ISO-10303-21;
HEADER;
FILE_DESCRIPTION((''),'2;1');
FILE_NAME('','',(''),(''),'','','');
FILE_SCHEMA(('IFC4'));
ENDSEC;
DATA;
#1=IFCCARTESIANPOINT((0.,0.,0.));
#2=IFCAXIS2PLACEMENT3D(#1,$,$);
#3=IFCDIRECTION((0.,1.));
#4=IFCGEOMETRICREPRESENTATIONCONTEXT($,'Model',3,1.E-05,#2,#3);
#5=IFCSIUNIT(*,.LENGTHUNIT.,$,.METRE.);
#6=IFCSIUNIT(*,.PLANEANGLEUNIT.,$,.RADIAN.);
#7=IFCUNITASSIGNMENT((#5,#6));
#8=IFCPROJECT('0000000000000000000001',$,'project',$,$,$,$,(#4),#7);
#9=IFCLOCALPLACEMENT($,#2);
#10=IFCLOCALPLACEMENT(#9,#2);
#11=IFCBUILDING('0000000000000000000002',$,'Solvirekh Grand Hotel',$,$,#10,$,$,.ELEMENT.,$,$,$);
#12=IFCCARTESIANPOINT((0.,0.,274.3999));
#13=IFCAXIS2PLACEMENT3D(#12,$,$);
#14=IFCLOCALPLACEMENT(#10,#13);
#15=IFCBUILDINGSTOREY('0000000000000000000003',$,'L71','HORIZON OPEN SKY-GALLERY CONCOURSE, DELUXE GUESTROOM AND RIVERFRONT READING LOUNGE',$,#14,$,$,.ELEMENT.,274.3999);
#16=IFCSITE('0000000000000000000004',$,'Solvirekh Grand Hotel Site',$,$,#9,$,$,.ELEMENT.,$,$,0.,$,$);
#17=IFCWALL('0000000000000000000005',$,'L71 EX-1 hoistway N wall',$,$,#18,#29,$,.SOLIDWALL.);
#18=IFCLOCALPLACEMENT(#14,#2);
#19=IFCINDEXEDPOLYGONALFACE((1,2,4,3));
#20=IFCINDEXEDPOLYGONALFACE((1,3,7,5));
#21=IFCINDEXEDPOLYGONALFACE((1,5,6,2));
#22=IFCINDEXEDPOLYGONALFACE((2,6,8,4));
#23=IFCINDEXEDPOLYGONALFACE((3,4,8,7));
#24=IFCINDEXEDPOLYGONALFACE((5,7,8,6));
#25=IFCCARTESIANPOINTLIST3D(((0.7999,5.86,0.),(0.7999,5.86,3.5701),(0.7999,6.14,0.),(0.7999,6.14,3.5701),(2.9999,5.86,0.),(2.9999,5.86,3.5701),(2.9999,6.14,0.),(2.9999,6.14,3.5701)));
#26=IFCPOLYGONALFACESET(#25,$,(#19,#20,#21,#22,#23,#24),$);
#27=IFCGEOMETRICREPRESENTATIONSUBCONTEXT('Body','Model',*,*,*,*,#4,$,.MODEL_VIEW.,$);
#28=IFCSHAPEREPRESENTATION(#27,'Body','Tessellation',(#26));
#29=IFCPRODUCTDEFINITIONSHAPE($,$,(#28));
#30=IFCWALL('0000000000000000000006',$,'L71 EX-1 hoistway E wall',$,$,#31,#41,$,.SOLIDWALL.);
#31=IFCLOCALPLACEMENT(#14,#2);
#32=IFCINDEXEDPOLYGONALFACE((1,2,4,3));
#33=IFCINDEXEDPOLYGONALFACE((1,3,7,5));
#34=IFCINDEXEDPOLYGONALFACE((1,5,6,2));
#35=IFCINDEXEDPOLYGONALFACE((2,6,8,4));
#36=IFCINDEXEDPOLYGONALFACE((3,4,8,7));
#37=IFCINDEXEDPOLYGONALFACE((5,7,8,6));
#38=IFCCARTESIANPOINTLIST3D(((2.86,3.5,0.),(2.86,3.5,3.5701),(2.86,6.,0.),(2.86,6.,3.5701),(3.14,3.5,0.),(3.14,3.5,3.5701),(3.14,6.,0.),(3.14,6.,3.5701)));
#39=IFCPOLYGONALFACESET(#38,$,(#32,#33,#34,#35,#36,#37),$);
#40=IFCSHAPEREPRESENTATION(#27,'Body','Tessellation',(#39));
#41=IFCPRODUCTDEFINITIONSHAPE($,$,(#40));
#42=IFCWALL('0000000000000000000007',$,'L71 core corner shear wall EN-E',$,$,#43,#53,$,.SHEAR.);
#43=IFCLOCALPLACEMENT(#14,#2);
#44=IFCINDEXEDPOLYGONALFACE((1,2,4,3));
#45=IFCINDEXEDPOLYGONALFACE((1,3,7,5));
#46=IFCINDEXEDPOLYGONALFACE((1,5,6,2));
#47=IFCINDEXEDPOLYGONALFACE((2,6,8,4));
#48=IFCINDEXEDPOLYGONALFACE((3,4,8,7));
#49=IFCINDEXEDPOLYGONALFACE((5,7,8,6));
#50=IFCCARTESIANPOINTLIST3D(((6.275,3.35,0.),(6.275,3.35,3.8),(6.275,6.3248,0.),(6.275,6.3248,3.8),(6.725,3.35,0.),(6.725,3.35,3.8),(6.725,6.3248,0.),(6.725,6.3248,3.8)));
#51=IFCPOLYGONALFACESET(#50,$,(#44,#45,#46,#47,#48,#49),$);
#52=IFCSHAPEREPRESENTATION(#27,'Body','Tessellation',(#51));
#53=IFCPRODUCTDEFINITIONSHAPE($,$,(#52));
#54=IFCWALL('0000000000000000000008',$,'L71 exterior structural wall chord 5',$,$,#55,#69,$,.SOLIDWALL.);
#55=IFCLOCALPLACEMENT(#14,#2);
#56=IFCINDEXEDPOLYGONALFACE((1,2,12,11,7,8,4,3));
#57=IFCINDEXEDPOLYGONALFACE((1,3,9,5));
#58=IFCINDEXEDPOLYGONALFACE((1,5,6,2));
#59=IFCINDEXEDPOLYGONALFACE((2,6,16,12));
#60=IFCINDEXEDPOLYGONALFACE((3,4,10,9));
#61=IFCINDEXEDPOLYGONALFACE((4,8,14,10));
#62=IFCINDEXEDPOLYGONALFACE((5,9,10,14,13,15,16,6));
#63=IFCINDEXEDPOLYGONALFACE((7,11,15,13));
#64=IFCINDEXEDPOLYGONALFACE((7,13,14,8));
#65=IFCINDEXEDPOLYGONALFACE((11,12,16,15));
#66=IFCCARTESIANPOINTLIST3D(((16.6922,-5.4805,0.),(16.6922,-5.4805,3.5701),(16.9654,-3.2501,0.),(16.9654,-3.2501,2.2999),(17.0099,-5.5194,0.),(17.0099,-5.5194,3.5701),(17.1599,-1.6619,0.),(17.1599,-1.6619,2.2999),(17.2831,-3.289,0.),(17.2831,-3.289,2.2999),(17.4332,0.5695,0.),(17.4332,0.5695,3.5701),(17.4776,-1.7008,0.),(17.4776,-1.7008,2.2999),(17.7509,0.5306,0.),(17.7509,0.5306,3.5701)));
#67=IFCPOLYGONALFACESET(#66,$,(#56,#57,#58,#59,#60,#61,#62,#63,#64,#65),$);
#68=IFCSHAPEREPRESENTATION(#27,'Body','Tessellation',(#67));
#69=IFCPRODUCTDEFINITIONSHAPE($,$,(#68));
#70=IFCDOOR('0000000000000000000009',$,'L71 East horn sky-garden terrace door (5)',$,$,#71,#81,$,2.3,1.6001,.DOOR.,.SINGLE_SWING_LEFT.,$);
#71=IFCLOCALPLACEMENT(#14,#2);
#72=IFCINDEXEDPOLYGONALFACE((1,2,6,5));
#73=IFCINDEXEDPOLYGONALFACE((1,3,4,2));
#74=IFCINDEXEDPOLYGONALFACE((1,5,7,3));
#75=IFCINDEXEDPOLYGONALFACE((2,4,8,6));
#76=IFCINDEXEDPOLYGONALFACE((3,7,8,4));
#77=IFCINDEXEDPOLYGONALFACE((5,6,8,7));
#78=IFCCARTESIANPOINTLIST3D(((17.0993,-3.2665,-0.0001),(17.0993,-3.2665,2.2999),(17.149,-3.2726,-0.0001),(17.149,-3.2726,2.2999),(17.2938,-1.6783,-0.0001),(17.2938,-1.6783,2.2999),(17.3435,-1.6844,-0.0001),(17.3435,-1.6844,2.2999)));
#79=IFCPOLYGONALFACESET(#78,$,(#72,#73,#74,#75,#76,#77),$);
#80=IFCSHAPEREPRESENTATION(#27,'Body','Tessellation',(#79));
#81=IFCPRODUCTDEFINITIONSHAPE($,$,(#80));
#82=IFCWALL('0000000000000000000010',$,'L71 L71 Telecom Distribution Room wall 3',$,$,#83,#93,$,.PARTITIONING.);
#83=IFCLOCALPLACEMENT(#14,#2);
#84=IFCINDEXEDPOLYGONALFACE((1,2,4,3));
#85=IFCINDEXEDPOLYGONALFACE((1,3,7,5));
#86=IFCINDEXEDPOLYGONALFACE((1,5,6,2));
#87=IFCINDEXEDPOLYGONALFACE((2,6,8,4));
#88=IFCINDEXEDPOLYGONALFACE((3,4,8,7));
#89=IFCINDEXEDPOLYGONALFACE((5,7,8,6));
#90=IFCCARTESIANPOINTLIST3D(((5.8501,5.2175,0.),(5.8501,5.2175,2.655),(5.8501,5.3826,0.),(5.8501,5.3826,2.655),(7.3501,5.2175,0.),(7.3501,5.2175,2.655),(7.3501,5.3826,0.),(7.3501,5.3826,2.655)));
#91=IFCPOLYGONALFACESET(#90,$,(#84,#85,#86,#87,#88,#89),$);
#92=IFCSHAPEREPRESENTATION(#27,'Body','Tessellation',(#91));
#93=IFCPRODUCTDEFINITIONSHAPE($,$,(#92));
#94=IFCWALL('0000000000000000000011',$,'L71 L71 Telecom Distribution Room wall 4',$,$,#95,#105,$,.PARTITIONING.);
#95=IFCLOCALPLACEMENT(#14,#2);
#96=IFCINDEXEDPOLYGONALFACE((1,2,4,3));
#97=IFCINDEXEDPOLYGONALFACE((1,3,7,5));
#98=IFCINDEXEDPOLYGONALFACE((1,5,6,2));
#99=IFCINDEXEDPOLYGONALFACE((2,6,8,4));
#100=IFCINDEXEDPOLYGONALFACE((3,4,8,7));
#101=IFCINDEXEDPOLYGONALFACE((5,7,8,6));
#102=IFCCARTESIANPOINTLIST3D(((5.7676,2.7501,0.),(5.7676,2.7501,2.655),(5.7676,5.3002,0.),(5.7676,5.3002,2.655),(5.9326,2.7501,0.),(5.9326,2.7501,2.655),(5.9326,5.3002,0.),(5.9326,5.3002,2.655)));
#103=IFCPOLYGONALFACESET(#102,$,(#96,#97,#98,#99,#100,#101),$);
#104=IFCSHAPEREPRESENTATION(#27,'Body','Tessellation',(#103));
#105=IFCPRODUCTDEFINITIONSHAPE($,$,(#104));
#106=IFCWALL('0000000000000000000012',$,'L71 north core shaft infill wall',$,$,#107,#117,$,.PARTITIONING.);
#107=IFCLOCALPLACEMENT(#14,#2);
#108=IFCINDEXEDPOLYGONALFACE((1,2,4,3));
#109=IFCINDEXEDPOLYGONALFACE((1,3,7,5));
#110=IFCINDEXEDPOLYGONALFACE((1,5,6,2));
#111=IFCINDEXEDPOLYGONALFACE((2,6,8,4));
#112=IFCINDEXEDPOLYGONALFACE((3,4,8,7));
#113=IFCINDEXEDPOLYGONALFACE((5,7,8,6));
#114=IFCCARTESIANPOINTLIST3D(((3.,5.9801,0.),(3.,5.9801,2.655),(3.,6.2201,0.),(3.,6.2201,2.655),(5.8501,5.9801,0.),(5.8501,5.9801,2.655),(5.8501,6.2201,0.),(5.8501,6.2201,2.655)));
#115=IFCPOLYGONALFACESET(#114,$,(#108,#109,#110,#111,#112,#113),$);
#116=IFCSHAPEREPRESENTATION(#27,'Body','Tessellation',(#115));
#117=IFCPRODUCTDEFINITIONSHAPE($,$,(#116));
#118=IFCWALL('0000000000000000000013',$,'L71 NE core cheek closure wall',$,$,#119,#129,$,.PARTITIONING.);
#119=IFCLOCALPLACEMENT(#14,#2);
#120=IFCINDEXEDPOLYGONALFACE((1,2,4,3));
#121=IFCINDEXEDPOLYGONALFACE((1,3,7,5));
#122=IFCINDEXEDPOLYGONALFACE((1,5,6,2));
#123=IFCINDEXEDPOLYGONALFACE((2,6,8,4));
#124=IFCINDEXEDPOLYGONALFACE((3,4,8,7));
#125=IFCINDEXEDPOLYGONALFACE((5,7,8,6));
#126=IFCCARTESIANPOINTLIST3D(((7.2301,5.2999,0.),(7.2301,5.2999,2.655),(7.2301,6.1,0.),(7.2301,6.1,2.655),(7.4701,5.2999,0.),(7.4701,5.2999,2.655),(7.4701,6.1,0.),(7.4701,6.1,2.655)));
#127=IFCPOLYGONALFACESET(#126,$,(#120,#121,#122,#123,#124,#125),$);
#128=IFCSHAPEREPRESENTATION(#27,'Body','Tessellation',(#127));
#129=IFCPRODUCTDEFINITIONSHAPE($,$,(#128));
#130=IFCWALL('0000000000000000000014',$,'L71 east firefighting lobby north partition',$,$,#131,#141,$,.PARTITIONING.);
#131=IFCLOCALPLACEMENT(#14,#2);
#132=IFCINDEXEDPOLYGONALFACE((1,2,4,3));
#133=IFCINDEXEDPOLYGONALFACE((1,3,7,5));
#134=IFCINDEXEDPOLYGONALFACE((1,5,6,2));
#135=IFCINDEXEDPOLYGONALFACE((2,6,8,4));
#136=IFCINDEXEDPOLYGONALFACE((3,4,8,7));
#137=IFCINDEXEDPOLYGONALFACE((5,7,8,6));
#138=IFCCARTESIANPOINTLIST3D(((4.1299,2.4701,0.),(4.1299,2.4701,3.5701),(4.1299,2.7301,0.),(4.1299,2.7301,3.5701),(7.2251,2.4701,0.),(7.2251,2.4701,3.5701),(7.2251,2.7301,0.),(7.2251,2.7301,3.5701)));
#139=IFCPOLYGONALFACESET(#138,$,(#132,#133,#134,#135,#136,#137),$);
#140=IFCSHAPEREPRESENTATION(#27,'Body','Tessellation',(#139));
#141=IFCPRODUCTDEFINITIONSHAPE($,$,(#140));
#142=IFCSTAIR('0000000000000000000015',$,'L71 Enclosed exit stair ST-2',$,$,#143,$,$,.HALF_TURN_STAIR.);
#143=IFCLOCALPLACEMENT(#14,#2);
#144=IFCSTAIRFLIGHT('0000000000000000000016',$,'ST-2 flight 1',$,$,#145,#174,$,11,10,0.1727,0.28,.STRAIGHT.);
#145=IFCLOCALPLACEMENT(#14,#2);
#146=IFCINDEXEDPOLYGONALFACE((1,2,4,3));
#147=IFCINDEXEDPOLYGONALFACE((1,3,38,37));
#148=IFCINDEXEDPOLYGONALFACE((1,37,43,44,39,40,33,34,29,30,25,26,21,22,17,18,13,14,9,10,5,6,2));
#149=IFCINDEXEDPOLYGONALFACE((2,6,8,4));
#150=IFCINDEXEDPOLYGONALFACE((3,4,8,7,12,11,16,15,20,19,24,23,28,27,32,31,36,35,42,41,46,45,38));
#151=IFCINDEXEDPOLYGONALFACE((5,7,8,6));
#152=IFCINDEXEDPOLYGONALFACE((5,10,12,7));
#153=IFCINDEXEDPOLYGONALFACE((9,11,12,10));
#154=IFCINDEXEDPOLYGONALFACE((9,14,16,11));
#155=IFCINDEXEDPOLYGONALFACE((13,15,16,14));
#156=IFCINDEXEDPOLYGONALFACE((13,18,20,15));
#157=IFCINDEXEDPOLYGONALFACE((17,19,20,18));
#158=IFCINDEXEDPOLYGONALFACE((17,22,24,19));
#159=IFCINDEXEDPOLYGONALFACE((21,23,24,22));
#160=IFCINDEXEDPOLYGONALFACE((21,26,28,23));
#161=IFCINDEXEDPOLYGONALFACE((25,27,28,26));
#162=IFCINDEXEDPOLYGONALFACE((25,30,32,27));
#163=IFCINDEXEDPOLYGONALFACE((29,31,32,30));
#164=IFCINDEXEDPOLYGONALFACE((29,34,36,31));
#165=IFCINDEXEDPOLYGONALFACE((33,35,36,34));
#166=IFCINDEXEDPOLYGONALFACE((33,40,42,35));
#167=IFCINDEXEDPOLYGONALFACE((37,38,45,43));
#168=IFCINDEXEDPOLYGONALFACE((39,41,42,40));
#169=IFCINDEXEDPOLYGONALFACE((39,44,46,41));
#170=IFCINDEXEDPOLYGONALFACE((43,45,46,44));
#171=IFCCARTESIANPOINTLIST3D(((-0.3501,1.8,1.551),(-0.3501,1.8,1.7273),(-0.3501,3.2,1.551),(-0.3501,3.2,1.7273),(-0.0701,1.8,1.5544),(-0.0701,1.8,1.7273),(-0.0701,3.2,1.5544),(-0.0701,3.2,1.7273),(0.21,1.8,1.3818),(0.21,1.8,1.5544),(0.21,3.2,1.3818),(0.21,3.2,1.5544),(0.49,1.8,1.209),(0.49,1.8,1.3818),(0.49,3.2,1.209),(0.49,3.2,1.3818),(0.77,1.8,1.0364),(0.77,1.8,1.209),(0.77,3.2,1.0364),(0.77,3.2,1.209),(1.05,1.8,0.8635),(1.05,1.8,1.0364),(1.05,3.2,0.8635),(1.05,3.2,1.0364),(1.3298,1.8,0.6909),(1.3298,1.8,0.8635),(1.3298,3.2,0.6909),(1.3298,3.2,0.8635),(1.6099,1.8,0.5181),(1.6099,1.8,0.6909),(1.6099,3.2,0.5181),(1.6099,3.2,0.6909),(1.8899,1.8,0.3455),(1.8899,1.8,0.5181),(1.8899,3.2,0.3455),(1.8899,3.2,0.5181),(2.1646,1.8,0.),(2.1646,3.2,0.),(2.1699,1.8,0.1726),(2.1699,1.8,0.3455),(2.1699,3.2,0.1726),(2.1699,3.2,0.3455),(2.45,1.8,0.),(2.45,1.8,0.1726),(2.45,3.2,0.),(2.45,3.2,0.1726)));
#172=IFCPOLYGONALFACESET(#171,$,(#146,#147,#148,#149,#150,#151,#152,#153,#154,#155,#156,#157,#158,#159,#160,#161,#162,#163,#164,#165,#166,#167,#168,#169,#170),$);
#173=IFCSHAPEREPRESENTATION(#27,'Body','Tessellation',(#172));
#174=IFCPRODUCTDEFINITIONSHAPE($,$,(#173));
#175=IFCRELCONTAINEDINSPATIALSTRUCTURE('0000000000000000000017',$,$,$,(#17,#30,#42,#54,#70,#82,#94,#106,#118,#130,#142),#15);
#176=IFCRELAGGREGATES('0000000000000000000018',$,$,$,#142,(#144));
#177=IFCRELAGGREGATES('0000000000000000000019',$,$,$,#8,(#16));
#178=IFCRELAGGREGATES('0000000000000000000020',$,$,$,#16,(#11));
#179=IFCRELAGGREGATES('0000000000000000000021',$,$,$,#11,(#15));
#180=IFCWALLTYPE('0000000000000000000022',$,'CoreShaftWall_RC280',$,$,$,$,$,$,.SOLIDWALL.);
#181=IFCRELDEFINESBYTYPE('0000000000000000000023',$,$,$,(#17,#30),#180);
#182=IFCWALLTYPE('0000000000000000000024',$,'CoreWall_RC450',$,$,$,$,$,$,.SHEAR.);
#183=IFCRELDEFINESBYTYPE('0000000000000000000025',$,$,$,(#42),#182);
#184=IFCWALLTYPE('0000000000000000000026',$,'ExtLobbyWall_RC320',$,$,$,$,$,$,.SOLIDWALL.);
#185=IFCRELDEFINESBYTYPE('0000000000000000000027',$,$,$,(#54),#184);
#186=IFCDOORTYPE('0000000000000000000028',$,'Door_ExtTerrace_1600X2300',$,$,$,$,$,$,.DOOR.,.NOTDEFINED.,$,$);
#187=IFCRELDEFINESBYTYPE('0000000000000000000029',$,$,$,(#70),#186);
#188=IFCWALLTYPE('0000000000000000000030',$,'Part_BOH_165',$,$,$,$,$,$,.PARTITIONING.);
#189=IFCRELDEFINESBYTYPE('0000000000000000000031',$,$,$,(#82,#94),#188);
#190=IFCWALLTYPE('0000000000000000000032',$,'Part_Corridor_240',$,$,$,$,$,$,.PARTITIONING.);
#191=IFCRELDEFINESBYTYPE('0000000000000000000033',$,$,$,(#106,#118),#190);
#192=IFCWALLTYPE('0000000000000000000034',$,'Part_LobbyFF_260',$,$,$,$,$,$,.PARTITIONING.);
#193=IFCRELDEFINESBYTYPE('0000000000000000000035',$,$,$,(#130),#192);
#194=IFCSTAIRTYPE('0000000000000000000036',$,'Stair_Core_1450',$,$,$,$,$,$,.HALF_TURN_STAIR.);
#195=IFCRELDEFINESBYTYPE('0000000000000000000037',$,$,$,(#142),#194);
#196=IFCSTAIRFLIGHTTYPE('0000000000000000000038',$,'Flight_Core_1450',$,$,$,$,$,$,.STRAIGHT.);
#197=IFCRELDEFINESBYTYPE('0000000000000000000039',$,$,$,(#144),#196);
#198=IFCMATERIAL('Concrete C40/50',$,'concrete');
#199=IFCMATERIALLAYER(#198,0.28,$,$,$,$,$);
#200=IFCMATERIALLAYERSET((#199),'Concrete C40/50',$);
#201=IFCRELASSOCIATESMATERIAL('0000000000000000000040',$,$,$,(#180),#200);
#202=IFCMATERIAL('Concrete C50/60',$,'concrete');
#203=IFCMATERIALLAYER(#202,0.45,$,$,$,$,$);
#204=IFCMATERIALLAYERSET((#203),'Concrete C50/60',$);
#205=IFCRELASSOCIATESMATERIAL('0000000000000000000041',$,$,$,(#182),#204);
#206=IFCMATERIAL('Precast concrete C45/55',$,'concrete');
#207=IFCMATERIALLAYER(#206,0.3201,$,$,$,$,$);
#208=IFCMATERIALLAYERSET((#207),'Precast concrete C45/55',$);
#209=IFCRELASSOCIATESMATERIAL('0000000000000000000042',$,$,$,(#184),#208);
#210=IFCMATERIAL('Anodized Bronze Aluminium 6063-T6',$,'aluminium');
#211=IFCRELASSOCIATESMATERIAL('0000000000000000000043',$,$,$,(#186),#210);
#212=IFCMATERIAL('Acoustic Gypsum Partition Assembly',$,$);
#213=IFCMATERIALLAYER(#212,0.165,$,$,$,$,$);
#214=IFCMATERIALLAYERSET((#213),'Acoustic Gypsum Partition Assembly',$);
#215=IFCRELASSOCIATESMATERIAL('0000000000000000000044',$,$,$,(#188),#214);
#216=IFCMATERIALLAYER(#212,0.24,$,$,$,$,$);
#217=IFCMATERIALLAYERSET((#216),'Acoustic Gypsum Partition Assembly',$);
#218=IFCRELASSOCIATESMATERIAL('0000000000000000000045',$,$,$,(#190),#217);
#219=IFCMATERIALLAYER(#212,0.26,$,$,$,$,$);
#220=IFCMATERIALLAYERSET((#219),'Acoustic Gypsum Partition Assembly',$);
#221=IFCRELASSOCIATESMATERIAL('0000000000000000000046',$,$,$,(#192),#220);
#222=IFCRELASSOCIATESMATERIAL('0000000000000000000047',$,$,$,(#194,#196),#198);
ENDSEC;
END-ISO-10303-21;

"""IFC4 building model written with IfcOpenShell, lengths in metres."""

from ifc_helpers import new_model, si_unit, direction, frame, frame_2d, origin, place, context, subcontext, project, spatial, polyline, rectangle, outline, extrude, material, layer, layer_set, type_object, element, fill, aggregate, save


model = new_model("IFC4")

# Units and contexts
model_context = context("Model", 3, precision=1e-05, world=origin(), true_north=direction((0.0, 1.0)))
body_context = subcontext(model_context, "Body", "Model", "MODEL_VIEW")
ifc_project = project(units=[si_unit("LENGTHUNIT", "METRE"), si_unit("PLANEANGLEUNIT", "RADIAN")], contexts=[model_context])

# Site, building, storey
site_placement = place(None, origin())
site = spatial("IfcSite", under=ifc_project, at=site_placement, Name="Solvirekh Grand Hotel Site", CompositionType="ELEMENT", RefElevation=0.0)
building_placement = place(site_placement, origin())
building = spatial("IfcBuilding", under=site, at=building_placement, Name="Solvirekh Grand Hotel", CompositionType="ELEMENT")
storey_placement = place(building_placement, frame((0.0, 0.0, 274.3999)))
storey = spatial("IfcBuildingStorey", under=building, at=storey_placement, Name="L71", Description="HORIZON OPEN SKY-GALLERY CONCOURSE, DELUXE GUESTROOM AND RIVERFRONT READING LOUNGE", CompositionType="ELEMENT", Elevation=274.3999)

# Shared definitions
ifc_material_1 = material(Name="Concrete C50/60", Category="concrete")

# Shared definitions
ifc_material_2 = material(Name="Concrete C40/50", Category="concrete")
ifc_layer_1 = layer(ifc_material_2, 0.28)
ifc_layer_set_1 = layer_set([ifc_layer_1], Name="Concrete C40/50")
wall_type_1 = type_object("IfcWallType", Name="CoreShaftWall_RC280", PredefinedType="SOLIDWALL", material=ifc_layer_set_1)

# Walls
wall_1_placement = place(storey_placement, frame((3.0, 6.0, 0.0), z_axis=(0.0, 0.0, 1.0), x_axis=(-1.0, 0.0, 0.0)))
element("IfcWall", 1, at=wall_1_placement, inside=storey, type_object=wall_type_1, Name="L71 EX-1 hoistway N wall", PredefinedType="SOLIDWALL", context=body_context, shape_type="SweptSolid", body=[
    extrude(rectangle(XDim=2.2, YDim=0.28, at=frame_2d((1.1001, 0.0))), origin(), (0.0, 0.0, 1.0), 3.5701),
])
wall_2_placement = place(storey_placement, frame((3.0, 3.5, 0.0), z_axis=(0.0, 0.0, 1.0), x_axis=(0.0, 1.0, 0.0)))
element("IfcWall", 2, at=wall_2_placement, inside=storey, type_object=wall_type_1, Name="L71 EX-1 hoistway E wall", PredefinedType="SOLIDWALL", context=body_context, shape_type="SweptSolid", body=[
    extrude(rectangle(XDim=2.5, YDim=0.28, at=frame_2d((1.25, 0.0))), origin(), (0.0, 0.0, 1.0), 3.5701),
])
ifc_layer_2 = layer(ifc_material_1, 0.45)
ifc_layer_set_2 = layer_set([ifc_layer_2], Name="Concrete C50/60")
wall_type_2 = type_object("IfcWallType", Name="CoreWall_RC450", PredefinedType="SHEAR", material=ifc_layer_set_2)
wall_3_placement = place(storey_placement, frame((6.5, 3.3501, 0.0), z_axis=(0.0, 0.0, 1.0), x_axis=(0.0, 1.0, 0.0)))
element("IfcWall", 3, at=wall_3_placement, inside=storey, type_object=wall_type_2, Name="L71 core corner shear wall EN-E", PredefinedType="SHEAR", context=body_context, shape_type="SweptSolid", body=[
    extrude(rectangle(XDim=2.9749, YDim=0.45, at=frame_2d((1.4873, 0.0))), origin(), (0.0, 0.0, 1.0), 3.8),
])

# Wall, opening, door
ifc_material_3 = material(Name="Precast concrete C45/55", Category="concrete")
ifc_layer_3 = layer(ifc_material_3, 0.3201)
ifc_layer_set_3 = layer_set([ifc_layer_3], Name="Precast concrete C45/55")
wall_type_3 = type_object("IfcWallType", Name="ExtLobbyWall_RC320", PredefinedType="SOLIDWALL", material=ifc_layer_set_3)
wall_4_placement = place(storey_placement, frame((17.592, 0.55, 0.0), z_axis=(0.0, 0.0, 1.0), x_axis=(-0.121565, -0.992584, 0.0)))
wall_4 = element("IfcWall", 4, at=wall_4_placement, inside=storey, type_object=wall_type_3, Name="L71 exterior structural wall chord 5", PredefinedType="SOLIDWALL", context=body_context, shape_type="SweptSolid", body=[
    extrude(rectangle(XDim=6.0952, YDim=0.3201, at=frame_2d((3.0476, 0.0))), origin(), (0.0, 0.0, 1.0), 3.5701),
])
opening_1_placement = place(wall_4_placement, frame((2.248, 0.0, 0.0)))
opening_1 = element("IfcOpeningElement", 5, at=opening_1_placement, cuts=wall_4, PredefinedType="OPENING", context=body_context, shape_type="SweptSolid", body=[
    extrude(rectangle(XDim=1.6001, YDim=2.3, at=frame_2d((0.8, 1.1499))), frame((0.0, 0.1699, 0.0), z_axis=(0.0, -1.0, 0.0), x_axis=(1.0, 0.0, 0.0)), (0.0, 0.0, 1.0), 0.3401),
])
ifc_material_4 = material(Name="Anodized Bronze Aluminium 6063-T6", Category="aluminium")
door_type_1 = type_object("IfcDoorType", Name="Door_ExtTerrace_1600X2300", OperationType="NOTDEFINED", PredefinedType="DOOR", material=ifc_material_4)
door_1_placement = place(opening_1_placement, origin())
door_1 = element("IfcDoor", 6, at=door_1_placement, inside=storey, type_object=door_type_1, Name="L71 East horn sky-garden terrace door (5)", OperationType="SINGLE_SWING_LEFT", OverallHeight=2.3, OverallWidth=1.6001, PredefinedType="DOOR", context=body_context, shape_type="SweptSolid", body=[
    extrude(rectangle(XDim=1.6001, YDim=2.3, at=frame_2d((0.8, 1.1499))), frame((0.0, 0.0249, 0.0), z_axis=(0.0, -1.0, 0.0), x_axis=(1.0, 0.0, 0.0)), (0.0, 0.0, 1.0), 0.05),
])
fill(opening_1, door_1)
ifc_material_5 = material(Name="Acoustic Gypsum Partition Assembly")
ifc_layer_4 = layer(ifc_material_5, 0.165)
ifc_layer_set_4 = layer_set([ifc_layer_4], Name="Acoustic Gypsum Partition Assembly")
wall_type_4 = type_object("IfcWallType", Name="Part_BOH_165", PredefinedType="PARTITIONING", material=ifc_layer_set_4)

# Walls
wall_5_placement = place(storey_placement, frame((7.3501, 5.3, 0.0), z_axis=(0.0, 0.0, 1.0), x_axis=(-1.0, 0.0, 0.0)))
element("IfcWall", 7, at=wall_5_placement, inside=storey, type_object=wall_type_4, Name="L71 L71 Telecom Distribution Room wall 3", PredefinedType="PARTITIONING", context=body_context, shape_type="SweptSolid", body=[
    extrude(rectangle(XDim=1.5, YDim=0.165, at=frame_2d((0.75, 0.0))), origin(), (0.0, 0.0, 1.0), 2.655),
])
wall_6_placement = place(storey_placement, frame((5.8501, 5.3, 0.0), z_axis=(0.0, 0.0, 1.0), x_axis=(0.0, -1.0, 0.0)))
element("IfcWall", 8, at=wall_6_placement, inside=storey, type_object=wall_type_4, Name="L71 L71 Telecom Distribution Room wall 4", PredefinedType="PARTITIONING", context=body_context, shape_type="SweptSolid", body=[
    extrude(rectangle(XDim=2.55, YDim=0.165, at=frame_2d((1.2749, 0.0))), origin(), (0.0, 0.0, 1.0), 2.655),
])
ifc_layer_5 = layer(ifc_material_5, 0.24)
ifc_layer_set_5 = layer_set([ifc_layer_5], Name="Acoustic Gypsum Partition Assembly")
wall_type_5 = type_object("IfcWallType", Name="Part_Corridor_240", PredefinedType="PARTITIONING", material=ifc_layer_set_5)
wall_7_placement = place(storey_placement, frame((3.0, 6.1001, 0.0), z_axis=(0.0, 0.0, 1.0), x_axis=(1.0, 0.0, 0.0)))
element("IfcWall", 9, at=wall_7_placement, inside=storey, type_object=wall_type_5, Name="L71 north core shaft infill wall", PredefinedType="PARTITIONING", context=body_context, shape_type="SweptSolid", body=[
    extrude(rectangle(XDim=2.8501, YDim=0.24, at=frame_2d((1.425, 0.0))), origin(), (0.0, 0.0, 1.0), 2.655),
])
wall_8_placement = place(storey_placement, frame((7.3501, 5.3, 0.0), z_axis=(0.0, 0.0, 1.0), x_axis=(0.0, 1.0, 0.0)))
element("IfcWall", 10, at=wall_8_placement, inside=storey, type_object=wall_type_5, Name="L71 NE core cheek closure wall", PredefinedType="PARTITIONING", context=body_context, shape_type="SweptSolid", body=[
    extrude(rectangle(XDim=0.8, YDim=0.24, at=frame_2d((0.3999, 0.0))), origin(), (0.0, 0.0, 1.0), 2.655),
])
ifc_layer_6 = layer(ifc_material_5, 0.26)
ifc_layer_set_6 = layer_set([ifc_layer_6], Name="Acoustic Gypsum Partition Assembly")
wall_type_6 = type_object("IfcWallType", Name="Part_LobbyFF_260", PredefinedType="PARTITIONING", material=ifc_layer_set_6)
wall_9_placement = place(storey_placement, frame((4.1299, 2.6001, 0.0), z_axis=(0.0, 0.0, 1.0), x_axis=(1.0, 0.0, 0.0)))
element("IfcWall", 11, at=wall_9_placement, inside=storey, type_object=wall_type_6, Name="L71 east firefighting lobby north partition", PredefinedType="PARTITIONING", context=body_context, shape_type="SweptSolid", body=[
    extrude(rectangle(XDim=3.0952, YDim=0.26, at=frame_2d((1.5476, 0.0))), origin(), (0.0, 0.0, 1.0), 3.5701),
])

# Stair, stair flight
stair_type = type_object("IfcStairType", Name="Stair_Core_1450", PredefinedType="HALF_TURN_STAIR", material=ifc_material_2)
stair_placement = place(storey_placement, origin())
stair = element("IfcStair", 12, at=stair_placement, inside=storey, type_object=stair_type, Name="L71 Enclosed exit stair ST-2", PredefinedType="HALF_TURN_STAIR")
stair_flight_type = type_object("IfcStairFlightType", Name="Flight_Core_1450", PredefinedType="STRAIGHT", material=ifc_material_2)
stair_flight_1_placement = place(storey_placement, frame((2.45, 2.5, 0.0), z_axis=(0.0, 0.0, 1.0), x_axis=(-1.0, 0.0, 0.0)))
stair_flight_1 = element("IfcStairFlight", 13, at=stair_flight_1_placement, type_object=stair_flight_type, Name="ST-2 flight 1", NumberOfRisers=11, NumberOfTreads=10, PredefinedType="STRAIGHT", RiserHeight=0.1727, TreadLength=0.28, context=body_context, shape_type="SweptSolid", body=[
    extrude(outline(polyline([(0.0, 0.0), (0.0, 0.1726), (0.28, 0.1726), (0.28, 0.3455), (0.5601, 0.3455), (0.5601, 0.5181), (0.8401, 0.5181), (0.8401, 0.6909), (1.1201, 0.6909), (1.1201, 0.8635), (1.3999, 0.8635), (1.3999, 1.0364), (1.6799, 1.0364), (1.6799, 1.209), (1.96, 1.209), (1.96, 1.3818), (2.24, 1.3818), (2.24, 1.5544), (2.52, 1.5544), (2.52, 1.7273), (2.8, 1.7273), (2.8, 1.8999), (2.8, 1.551), (0.2854, 0.0), (0.0, 0.0)])), frame((0.0, 0.7, 0.0), z_axis=(0.0, -1.0, 0.0), x_axis=(1.0, 0.0, 0.0)), (0.0, 0.0, 1.0), 1.3999),
])
aggregate(stair, [stair_flight_1])

save(model, "model.ifc")
